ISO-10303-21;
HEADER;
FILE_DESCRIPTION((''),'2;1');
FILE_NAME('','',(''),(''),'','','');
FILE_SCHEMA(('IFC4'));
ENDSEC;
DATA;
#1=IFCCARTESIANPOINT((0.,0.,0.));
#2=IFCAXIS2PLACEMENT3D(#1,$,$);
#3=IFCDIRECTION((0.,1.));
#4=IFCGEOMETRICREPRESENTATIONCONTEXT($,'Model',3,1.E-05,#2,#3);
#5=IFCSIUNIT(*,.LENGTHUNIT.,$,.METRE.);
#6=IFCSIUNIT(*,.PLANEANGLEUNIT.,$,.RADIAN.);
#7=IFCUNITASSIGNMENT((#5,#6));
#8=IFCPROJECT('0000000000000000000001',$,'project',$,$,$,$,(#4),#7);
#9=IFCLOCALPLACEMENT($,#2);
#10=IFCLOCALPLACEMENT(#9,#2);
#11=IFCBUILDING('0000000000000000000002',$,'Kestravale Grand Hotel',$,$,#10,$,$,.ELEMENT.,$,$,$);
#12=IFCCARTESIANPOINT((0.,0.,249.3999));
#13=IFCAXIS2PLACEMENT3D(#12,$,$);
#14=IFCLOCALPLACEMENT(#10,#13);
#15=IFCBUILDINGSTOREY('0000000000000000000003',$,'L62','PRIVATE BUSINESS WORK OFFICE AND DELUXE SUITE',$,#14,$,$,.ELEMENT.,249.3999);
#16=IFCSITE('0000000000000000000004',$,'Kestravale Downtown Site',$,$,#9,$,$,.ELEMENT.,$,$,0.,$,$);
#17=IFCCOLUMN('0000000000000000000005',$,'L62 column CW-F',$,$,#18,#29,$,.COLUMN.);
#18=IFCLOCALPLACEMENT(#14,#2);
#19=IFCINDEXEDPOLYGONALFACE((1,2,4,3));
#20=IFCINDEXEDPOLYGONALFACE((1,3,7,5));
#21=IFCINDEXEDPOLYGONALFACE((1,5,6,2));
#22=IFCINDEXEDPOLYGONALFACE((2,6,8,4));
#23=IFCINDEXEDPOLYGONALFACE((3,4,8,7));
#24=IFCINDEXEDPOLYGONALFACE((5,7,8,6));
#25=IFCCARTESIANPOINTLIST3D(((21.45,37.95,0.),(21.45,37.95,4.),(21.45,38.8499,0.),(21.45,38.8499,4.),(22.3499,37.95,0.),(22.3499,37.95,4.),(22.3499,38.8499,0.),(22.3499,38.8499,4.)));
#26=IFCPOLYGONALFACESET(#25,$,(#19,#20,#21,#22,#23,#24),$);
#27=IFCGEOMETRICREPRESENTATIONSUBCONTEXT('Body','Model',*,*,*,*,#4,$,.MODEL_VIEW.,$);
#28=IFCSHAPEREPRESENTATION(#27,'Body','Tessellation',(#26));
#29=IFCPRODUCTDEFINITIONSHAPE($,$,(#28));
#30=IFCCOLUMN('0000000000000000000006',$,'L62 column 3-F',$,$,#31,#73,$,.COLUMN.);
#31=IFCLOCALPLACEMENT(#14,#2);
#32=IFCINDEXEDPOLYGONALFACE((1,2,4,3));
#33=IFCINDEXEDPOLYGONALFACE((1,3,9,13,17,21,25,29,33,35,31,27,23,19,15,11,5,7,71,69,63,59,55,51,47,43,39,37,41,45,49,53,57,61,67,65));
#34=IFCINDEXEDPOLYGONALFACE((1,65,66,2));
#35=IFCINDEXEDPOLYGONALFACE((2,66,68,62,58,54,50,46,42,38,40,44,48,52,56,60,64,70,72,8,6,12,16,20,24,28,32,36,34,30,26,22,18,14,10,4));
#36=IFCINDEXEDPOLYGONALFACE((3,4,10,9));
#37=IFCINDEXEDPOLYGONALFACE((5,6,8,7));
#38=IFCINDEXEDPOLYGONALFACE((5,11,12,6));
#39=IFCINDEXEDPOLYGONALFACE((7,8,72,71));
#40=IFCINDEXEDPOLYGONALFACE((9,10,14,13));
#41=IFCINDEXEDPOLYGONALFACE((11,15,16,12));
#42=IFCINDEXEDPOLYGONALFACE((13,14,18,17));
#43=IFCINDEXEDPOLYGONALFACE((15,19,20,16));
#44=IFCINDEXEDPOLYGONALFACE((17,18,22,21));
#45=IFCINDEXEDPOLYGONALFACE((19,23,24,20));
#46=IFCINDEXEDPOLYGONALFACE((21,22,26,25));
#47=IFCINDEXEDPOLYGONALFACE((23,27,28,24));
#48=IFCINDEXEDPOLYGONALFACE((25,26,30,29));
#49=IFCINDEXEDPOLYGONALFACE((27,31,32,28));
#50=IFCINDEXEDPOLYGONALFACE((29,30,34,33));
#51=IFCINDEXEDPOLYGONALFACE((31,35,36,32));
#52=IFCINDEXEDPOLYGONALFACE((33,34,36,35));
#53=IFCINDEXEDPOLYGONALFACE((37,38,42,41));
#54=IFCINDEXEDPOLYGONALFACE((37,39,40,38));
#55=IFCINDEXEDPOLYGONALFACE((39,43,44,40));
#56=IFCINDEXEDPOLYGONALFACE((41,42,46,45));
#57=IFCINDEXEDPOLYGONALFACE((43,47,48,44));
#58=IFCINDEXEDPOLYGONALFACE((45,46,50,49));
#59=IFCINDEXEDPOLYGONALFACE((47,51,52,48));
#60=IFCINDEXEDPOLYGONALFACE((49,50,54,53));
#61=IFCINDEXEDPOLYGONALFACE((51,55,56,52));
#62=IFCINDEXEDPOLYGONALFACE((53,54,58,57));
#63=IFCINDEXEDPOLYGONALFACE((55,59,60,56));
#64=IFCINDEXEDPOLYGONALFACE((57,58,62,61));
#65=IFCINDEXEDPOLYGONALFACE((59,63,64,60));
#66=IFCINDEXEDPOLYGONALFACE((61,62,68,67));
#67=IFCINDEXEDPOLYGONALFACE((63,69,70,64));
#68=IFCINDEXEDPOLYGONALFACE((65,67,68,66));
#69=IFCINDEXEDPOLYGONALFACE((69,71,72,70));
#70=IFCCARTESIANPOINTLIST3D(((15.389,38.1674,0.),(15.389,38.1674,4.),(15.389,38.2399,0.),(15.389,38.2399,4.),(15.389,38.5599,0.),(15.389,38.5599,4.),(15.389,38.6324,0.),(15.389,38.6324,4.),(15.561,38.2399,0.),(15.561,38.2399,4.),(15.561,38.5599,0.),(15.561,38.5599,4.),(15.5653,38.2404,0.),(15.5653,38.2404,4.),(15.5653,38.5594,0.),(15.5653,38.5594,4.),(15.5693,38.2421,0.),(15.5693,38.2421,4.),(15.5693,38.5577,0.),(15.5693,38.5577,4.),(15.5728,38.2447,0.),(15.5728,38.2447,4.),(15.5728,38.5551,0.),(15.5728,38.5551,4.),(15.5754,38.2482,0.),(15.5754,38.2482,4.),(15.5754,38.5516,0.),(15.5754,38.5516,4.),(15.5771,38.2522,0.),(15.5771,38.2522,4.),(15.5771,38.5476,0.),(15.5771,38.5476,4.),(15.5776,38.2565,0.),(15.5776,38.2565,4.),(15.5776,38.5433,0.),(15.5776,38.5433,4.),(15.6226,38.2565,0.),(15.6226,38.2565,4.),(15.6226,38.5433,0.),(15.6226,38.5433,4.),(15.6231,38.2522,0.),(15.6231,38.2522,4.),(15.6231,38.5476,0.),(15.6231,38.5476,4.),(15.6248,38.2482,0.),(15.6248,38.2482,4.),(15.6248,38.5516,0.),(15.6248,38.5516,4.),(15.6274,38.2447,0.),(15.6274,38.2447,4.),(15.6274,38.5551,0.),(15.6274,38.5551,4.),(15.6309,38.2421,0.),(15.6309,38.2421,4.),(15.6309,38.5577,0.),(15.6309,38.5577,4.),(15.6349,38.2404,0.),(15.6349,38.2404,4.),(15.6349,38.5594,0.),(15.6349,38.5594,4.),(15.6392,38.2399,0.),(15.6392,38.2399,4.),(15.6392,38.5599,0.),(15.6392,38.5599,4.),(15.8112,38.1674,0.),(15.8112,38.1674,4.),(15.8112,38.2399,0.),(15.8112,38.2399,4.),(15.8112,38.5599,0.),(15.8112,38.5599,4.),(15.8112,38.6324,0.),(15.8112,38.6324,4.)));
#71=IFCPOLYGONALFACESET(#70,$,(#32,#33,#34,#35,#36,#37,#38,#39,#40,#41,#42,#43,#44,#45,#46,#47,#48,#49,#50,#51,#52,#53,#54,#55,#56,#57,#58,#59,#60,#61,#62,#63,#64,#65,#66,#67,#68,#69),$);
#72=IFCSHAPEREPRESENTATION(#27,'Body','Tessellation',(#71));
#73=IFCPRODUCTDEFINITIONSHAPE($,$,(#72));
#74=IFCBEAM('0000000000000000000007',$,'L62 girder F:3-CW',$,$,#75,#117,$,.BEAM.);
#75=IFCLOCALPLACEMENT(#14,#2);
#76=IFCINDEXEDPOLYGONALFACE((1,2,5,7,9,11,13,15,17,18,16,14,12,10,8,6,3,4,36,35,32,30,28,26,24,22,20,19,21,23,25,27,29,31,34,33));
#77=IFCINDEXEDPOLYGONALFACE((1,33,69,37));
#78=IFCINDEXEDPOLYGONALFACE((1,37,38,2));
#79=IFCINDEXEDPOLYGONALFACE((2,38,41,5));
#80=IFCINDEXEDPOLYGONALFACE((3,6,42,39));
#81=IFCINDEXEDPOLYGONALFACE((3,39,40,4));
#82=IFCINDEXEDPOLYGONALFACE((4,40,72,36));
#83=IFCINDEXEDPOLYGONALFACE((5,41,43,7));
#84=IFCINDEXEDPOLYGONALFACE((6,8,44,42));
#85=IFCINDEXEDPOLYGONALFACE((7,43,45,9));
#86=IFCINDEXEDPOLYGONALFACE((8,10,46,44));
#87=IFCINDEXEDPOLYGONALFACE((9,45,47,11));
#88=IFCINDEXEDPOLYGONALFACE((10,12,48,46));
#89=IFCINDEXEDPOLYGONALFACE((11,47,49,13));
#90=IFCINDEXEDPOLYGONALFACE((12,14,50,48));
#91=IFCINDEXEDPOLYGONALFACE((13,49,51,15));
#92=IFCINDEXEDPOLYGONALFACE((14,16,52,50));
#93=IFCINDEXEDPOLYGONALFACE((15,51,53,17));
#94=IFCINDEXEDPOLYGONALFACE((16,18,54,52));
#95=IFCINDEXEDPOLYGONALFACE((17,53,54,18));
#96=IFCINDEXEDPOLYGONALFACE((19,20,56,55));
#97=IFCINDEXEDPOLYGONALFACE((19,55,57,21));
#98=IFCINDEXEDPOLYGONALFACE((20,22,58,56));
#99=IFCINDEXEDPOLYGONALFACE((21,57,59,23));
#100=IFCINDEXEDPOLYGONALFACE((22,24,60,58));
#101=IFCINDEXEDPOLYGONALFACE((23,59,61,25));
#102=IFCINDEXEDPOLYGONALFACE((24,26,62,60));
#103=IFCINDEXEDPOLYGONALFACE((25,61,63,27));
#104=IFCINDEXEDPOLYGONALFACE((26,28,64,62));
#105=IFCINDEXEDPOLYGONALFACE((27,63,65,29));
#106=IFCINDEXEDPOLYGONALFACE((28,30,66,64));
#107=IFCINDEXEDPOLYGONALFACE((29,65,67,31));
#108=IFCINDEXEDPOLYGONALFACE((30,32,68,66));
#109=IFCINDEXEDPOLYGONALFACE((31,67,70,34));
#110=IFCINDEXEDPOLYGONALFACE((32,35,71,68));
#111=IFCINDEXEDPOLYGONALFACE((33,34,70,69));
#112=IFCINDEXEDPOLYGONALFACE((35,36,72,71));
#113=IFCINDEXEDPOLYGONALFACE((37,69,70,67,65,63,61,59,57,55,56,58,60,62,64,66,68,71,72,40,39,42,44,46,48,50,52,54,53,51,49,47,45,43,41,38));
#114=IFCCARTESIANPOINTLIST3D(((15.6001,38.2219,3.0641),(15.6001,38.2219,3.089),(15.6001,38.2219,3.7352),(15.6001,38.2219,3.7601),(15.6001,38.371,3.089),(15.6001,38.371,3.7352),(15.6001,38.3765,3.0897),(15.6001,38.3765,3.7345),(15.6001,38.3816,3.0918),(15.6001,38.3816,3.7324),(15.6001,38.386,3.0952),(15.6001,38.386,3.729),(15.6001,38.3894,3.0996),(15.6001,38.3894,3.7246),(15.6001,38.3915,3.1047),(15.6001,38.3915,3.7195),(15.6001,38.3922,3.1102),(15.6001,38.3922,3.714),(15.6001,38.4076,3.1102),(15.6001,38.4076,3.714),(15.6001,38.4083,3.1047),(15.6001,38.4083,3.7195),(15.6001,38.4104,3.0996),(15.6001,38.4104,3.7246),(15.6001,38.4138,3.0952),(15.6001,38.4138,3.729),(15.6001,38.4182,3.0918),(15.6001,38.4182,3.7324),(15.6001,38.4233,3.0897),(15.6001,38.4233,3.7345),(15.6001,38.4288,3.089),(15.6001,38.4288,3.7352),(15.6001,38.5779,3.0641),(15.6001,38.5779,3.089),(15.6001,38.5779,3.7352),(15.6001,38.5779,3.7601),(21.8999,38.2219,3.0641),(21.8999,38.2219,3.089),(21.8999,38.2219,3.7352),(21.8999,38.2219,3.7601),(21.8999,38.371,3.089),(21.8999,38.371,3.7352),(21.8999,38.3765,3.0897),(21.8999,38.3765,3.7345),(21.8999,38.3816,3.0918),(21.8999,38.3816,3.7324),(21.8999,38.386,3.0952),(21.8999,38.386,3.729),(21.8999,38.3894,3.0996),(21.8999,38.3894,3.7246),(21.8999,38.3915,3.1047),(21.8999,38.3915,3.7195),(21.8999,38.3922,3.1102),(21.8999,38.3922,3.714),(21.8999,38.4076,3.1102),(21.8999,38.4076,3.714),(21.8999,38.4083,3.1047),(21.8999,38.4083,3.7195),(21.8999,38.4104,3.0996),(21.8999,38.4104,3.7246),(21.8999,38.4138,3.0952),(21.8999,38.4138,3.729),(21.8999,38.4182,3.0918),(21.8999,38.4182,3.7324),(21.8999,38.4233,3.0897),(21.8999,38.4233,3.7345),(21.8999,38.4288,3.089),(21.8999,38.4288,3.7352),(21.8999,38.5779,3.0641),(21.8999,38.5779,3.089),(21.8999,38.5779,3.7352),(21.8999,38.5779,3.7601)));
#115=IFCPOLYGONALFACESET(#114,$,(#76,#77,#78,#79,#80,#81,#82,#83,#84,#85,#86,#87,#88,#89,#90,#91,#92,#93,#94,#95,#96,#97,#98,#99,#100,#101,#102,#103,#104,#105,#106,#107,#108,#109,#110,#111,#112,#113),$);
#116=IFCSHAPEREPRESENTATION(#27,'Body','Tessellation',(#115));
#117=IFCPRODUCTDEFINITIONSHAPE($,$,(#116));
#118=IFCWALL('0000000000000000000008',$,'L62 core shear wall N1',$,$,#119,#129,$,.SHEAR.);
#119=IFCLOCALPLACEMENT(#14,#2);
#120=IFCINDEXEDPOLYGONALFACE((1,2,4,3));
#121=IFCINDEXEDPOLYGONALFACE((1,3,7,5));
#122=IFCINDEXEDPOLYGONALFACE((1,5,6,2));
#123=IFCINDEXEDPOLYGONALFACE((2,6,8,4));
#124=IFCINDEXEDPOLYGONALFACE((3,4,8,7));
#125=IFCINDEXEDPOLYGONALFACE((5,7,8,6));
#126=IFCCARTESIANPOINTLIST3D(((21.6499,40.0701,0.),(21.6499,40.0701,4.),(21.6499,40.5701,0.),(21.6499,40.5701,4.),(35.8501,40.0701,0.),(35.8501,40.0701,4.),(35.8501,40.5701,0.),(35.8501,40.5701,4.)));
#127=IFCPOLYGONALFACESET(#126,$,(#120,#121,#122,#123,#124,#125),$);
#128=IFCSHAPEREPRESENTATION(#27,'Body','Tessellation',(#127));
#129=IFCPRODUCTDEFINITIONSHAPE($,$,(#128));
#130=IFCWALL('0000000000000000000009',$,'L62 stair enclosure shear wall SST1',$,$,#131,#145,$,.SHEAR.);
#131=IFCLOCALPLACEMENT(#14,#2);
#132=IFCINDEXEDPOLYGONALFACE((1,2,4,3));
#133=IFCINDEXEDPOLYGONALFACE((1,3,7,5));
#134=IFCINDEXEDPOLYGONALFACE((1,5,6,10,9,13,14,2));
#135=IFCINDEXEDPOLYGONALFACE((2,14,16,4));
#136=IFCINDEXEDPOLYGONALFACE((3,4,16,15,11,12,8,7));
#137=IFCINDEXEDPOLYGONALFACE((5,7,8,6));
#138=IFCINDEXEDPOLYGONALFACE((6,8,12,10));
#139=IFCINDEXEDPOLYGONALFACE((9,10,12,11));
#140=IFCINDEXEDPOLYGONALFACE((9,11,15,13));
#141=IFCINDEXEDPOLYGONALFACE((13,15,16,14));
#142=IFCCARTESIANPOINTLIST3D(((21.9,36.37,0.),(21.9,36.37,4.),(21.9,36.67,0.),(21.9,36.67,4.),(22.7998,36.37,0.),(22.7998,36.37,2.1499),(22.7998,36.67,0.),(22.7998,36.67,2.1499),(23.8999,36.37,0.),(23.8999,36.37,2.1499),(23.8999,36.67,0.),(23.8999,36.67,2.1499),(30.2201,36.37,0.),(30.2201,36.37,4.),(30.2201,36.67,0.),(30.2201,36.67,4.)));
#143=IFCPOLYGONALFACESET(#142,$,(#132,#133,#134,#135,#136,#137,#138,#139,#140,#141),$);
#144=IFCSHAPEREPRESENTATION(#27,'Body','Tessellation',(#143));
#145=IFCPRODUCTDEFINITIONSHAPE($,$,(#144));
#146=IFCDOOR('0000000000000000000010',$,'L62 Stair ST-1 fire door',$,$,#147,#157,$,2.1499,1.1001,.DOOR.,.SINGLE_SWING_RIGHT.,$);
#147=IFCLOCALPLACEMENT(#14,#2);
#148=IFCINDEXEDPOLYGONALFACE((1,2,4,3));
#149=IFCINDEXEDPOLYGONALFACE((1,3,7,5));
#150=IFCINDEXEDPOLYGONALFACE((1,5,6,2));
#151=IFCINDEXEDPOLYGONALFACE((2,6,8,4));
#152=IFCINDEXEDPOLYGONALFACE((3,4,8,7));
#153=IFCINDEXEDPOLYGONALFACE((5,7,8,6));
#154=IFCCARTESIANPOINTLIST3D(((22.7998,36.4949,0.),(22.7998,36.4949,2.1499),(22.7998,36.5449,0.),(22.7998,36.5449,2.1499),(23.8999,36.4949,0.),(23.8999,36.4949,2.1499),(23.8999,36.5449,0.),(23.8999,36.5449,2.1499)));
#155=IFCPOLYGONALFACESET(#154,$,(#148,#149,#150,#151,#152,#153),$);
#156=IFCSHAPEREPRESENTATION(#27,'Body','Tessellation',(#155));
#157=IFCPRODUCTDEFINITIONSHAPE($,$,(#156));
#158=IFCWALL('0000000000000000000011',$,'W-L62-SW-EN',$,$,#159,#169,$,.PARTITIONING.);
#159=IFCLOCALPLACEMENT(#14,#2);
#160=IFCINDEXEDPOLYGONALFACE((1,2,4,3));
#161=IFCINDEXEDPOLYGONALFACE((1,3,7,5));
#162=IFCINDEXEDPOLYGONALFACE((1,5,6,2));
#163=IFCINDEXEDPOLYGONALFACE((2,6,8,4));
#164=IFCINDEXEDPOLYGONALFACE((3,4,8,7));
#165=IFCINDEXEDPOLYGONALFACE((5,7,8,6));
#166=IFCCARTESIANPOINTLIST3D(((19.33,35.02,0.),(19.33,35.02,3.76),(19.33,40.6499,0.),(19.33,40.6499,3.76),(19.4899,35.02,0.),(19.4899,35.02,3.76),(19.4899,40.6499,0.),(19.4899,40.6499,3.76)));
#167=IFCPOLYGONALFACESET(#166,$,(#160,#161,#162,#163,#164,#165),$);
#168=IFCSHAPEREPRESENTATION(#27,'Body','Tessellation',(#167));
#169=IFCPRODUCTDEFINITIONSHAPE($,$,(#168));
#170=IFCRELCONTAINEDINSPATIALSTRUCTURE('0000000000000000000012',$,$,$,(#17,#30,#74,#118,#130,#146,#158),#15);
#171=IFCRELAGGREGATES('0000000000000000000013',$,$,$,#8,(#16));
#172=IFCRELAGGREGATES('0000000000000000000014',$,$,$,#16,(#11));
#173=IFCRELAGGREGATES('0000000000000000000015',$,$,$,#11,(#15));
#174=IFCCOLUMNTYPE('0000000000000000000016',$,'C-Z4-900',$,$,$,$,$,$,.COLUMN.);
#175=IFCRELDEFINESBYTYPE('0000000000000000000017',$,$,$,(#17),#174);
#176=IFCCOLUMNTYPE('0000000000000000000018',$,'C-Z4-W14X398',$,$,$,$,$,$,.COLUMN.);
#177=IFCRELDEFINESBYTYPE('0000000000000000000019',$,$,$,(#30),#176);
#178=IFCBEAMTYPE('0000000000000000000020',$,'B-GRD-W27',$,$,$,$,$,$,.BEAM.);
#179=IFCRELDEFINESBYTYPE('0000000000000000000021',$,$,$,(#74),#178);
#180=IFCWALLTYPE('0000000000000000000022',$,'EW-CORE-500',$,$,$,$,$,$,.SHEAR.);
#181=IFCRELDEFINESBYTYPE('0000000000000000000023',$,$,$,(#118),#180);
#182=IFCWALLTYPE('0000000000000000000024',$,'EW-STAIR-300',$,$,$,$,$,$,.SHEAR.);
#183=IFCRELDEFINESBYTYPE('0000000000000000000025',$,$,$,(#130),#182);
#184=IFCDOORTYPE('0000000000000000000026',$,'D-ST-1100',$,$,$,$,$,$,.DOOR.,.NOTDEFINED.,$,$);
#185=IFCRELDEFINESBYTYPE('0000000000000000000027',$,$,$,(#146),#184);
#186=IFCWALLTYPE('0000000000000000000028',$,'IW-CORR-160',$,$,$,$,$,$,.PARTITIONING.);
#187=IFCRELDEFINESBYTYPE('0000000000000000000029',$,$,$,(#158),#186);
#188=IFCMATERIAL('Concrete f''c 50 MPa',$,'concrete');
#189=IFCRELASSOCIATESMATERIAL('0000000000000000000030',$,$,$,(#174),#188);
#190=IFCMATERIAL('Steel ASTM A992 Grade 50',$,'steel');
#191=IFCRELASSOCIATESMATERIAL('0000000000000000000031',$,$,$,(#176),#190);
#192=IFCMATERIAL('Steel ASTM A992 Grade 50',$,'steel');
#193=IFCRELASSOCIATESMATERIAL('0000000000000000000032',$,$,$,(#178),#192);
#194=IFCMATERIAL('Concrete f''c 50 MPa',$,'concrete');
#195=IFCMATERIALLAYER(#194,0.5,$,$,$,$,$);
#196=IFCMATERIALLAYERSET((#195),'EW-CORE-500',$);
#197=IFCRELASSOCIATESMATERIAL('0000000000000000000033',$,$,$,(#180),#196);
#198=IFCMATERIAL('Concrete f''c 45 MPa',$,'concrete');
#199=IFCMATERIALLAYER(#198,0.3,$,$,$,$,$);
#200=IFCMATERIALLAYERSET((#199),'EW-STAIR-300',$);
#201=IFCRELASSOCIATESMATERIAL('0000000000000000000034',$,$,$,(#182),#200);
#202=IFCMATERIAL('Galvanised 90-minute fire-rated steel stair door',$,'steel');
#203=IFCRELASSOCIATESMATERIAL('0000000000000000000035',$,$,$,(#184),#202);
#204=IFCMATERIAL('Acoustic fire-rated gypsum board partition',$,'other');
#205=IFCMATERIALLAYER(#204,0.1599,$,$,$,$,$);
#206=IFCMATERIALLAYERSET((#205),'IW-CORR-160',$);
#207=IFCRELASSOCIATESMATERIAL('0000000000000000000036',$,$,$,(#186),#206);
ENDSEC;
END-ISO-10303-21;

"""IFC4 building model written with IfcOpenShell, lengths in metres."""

from ifc_helpers import new_model, si_unit, direction, frame, frame_2d, origin, origin_2d, place, context, subcontext, project, spatial, rectangle, i_section, extrude, material, layer, layer_set, material_profile, profile_set, type_object, element, fill, save


model = new_model("IFC4")

# Units and contexts
model_context = context("Model", 3, precision=1e-05, world=origin(), true_north=direction((0.0, 1.0)))
body_context = subcontext(model_context, "Body", "Model", "MODEL_VIEW")
ifc_project = project(units=[si_unit("LENGTHUNIT", "METRE"), si_unit("PLANEANGLEUNIT", "RADIAN")], contexts=[model_context])

# Site, building, storey
site_placement = place(None, origin())
site = spatial("IfcSite", under=ifc_project, at=site_placement, Name="Kestravale Downtown Site", CompositionType="ELEMENT", RefElevation=0.0)
building_placement = place(site_placement, origin())
building = spatial("IfcBuilding", under=site, at=building_placement, Name="Kestravale Grand Hotel", CompositionType="ELEMENT")
storey_placement = place(building_placement, frame((0.0, 0.0, 249.3999)))
storey = spatial("IfcBuildingStorey", under=building, at=storey_placement, Name="L62", Description="PRIVATE BUSINESS WORK OFFICE AND DELUXE SUITE", CompositionType="ELEMENT", Elevation=249.3999)

# Columns
ifc_material_1 = material(Name="Concrete f'c 50 MPa", Category="concrete")
ifc_material_profile_1 = material_profile(ifc_material_1, rectangle(XDim=0.8999, YDim=0.8999, at=origin_2d()))
ifc_profile_set_1 = profile_set([ifc_material_profile_1], Name="Concrete f'c 50 MPa")
column_type_1 = type_object("IfcColumnType", Name="C-Z4-900", PredefinedType="COLUMN", material=ifc_profile_set_1)
column_1_placement = place(storey_placement, frame((21.8999, 38.3999, 0.0), z_axis=(0.0, 0.0, 1.0), x_axis=(1.0, 0.0, 0.0)))
element("IfcColumn", 1, at=column_1_placement, inside=storey, type_object=column_type_1, Name="L62 column CW-F", PredefinedType="COLUMN", context=body_context, shape_type="SweptSolid", body=[
    extrude(rectangle(XDim=0.8999, YDim=0.8999, at=origin_2d()), origin(), (0.0, 0.0, 1.0), 4.0),
])
ifc_material_2 = material(Name="Steel ASTM A992 Grade 50", Category="steel")
ifc_material_profile_2 = material_profile(ifc_material_2, i_section(OverallWidth=0.4221, OverallDepth=0.4651, WebThickness=0.0449, FlangeThickness=0.0725, FilletRadius=0.0166, at=origin_2d()))
ifc_profile_set_2 = profile_set([ifc_material_profile_2], Name="Steel ASTM A992 Grade 50")
column_type_2 = type_object("IfcColumnType", Name="C-Z4-W14X398", PredefinedType="COLUMN", material=ifc_profile_set_2)
column_2_placement = place(storey_placement, frame((15.6001, 38.3999, 0.0), z_axis=(0.0, 0.0, 1.0), x_axis=(1.0, 0.0, 0.0)))
element("IfcColumn", 2, at=column_2_placement, inside=storey, type_object=column_type_2, Name="L62 column 3-F", PredefinedType="COLUMN", context=body_context, shape_type="SweptSolid", body=[
    extrude(i_section(OverallWidth=0.4221, OverallDepth=0.4651, WebThickness=0.0449, FlangeThickness=0.0725, FilletRadius=0.0166, at=origin_2d()), origin(), (0.0, 0.0, 1.0), 4.0),
])

# Beam
ifc_material_3 = material(Name="Steel ASTM A992 Grade 50", Category="steel")
ifc_material_profile_3 = material_profile(ifc_material_3, i_section(OverallWidth=0.356, OverallDepth=0.696, WebThickness=0.0154, FlangeThickness=0.0249, FilletRadius=0.0212, at=origin_2d()))
ifc_profile_set_3 = profile_set([ifc_material_profile_3], Name="Steel ASTM A992 Grade 50")
beam_type = type_object("IfcBeamType", Name="B-GRD-W27", PredefinedType="BEAM", material=ifc_profile_set_3)
beam_placement = place(storey_placement, frame((15.6001, 38.3999, 3.4121), z_axis=(1.0, 0.0, 0.0), x_axis=(0.0, 1.0, 0.0)))
element("IfcBeam", 3, at=beam_placement, inside=storey, type_object=beam_type, Name="L62 girder F:3-CW", PredefinedType="BEAM", context=body_context, shape_type="SweptSolid", body=[
    extrude(i_section(OverallWidth=0.356, OverallDepth=0.696, WebThickness=0.0154, FlangeThickness=0.0249, FilletRadius=0.0212, at=origin_2d()), origin(), (0.0, 0.0, 1.0), 6.2998),
])

# Wall
ifc_material_4 = material(Name="Concrete f'c 50 MPa", Category="concrete")
ifc_layer_1 = layer(ifc_material_4, 0.5)
ifc_layer_set_1 = layer_set([ifc_layer_1], Name="EW-CORE-500")
wall_type_1 = type_object("IfcWallType", Name="EW-CORE-500", PredefinedType="SHEAR", material=ifc_layer_set_1)
wall_1_placement = place(storey_placement, frame((21.6499, 40.3201, 0.0), z_axis=(0.0, 0.0, 1.0), x_axis=(1.0, 0.0, 0.0)))
element("IfcWall", 4, at=wall_1_placement, inside=storey, type_object=wall_type_1, Name="L62 core shear wall N1", PredefinedType="SHEAR", context=body_context, shape_type="SweptSolid", body=[
    extrude(rectangle(XDim=14.2002, YDim=0.5, at=frame_2d((7.1001, 0.0))), origin(), (0.0, 0.0, 1.0), 4.0),
])

# Wall, opening, door
ifc_material_5 = material(Name="Concrete f'c 45 MPa", Category="concrete")
ifc_layer_2 = layer(ifc_material_5, 0.3)
ifc_layer_set_2 = layer_set([ifc_layer_2], Name="EW-STAIR-300")
wall_type_2 = type_object("IfcWallType", Name="EW-STAIR-300", PredefinedType="SHEAR", material=ifc_layer_set_2)
wall_2_placement = place(storey_placement, frame((21.8999, 36.52, 0.0), z_axis=(0.0, 0.0, 1.0), x_axis=(1.0, 0.0, 0.0)))
wall_2 = element("IfcWall", 5, at=wall_2_placement, inside=storey, type_object=wall_type_2, Name="L62 stair enclosure shear wall SST1", PredefinedType="SHEAR", context=body_context, shape_type="SweptSolid", body=[
    extrude(rectangle(XDim=8.3201, YDim=0.3, at=frame_2d((4.1602, 0.0))), origin(), (0.0, 0.0, 1.0), 4.0),
])
opening_1_placement = place(wall_2_placement, frame((0.8999, 0.0, 0.0)))
opening_1 = element("IfcOpeningElement", 6, at=opening_1_placement, cuts=wall_2, PredefinedType="OPENING", context=body_context, shape_type="SweptSolid", body=[
    extrude(rectangle(XDim=1.1001, YDim=2.1499, at=frame_2d((0.55, 1.075))), frame((0.0, 0.1599, 0.0), z_axis=(0.0, -1.0, 0.0), x_axis=(1.0, 0.0, 0.0)), (0.0, 0.0, 1.0), 0.3201),
])
ifc_material_6 = material(Name="Galvanised 90-minute fire-rated steel stair door", Category="steel")
door_type_1 = type_object("IfcDoorType", Name="D-ST-1100", OperationType="NOTDEFINED", PredefinedType="DOOR", material=ifc_material_6)
door_1_placement = place(opening_1_placement, origin())
door_1 = element("IfcDoor", 7, at=door_1_placement, inside=storey, type_object=door_type_1, Name="L62 Stair ST-1 fire door", OperationType="SINGLE_SWING_RIGHT", OverallHeight=2.1499, OverallWidth=1.1001, PredefinedType="DOOR", context=body_context, shape_type="SweptSolid", body=[
    extrude(rectangle(XDim=1.1001, YDim=2.1499, at=frame_2d((0.55, 1.075))), frame((0.0, 0.0249, 0.0), z_axis=(0.0, -1.0, 0.0), x_axis=(1.0, 0.0, 0.0)), (0.0, 0.0, 1.0), 0.05),
])
fill(opening_1, door_1)

# Wall
ifc_material_7 = material(Name="Acoustic fire-rated gypsum board partition", Category="other")
ifc_layer_3 = layer(ifc_material_7, 0.1599)
ifc_layer_set_3 = layer_set([ifc_layer_3], Name="IW-CORR-160")
wall_type_3 = type_object("IfcWallType", Name="IW-CORR-160", PredefinedType="PARTITIONING", material=ifc_layer_set_3)
wall_3_placement = place(storey_placement, frame((19.4099, 35.02, 0.0), z_axis=(0.0, 0.0, 1.0), x_axis=(0.0, 1.0, 0.0)))
element("IfcWall", 8, at=wall_3_placement, inside=storey, type_object=wall_type_3, Name="W-L62-SW-EN", PredefinedType="PARTITIONING", context=body_context, shape_type="SweptSolid", body=[
    extrude(rectangle(XDim=5.6299, YDim=0.1599, at=frame_2d((2.8149, 0.0))), origin(), (0.0, 0.0, 1.0), 3.76),
])

save(model, "model.ifc")
